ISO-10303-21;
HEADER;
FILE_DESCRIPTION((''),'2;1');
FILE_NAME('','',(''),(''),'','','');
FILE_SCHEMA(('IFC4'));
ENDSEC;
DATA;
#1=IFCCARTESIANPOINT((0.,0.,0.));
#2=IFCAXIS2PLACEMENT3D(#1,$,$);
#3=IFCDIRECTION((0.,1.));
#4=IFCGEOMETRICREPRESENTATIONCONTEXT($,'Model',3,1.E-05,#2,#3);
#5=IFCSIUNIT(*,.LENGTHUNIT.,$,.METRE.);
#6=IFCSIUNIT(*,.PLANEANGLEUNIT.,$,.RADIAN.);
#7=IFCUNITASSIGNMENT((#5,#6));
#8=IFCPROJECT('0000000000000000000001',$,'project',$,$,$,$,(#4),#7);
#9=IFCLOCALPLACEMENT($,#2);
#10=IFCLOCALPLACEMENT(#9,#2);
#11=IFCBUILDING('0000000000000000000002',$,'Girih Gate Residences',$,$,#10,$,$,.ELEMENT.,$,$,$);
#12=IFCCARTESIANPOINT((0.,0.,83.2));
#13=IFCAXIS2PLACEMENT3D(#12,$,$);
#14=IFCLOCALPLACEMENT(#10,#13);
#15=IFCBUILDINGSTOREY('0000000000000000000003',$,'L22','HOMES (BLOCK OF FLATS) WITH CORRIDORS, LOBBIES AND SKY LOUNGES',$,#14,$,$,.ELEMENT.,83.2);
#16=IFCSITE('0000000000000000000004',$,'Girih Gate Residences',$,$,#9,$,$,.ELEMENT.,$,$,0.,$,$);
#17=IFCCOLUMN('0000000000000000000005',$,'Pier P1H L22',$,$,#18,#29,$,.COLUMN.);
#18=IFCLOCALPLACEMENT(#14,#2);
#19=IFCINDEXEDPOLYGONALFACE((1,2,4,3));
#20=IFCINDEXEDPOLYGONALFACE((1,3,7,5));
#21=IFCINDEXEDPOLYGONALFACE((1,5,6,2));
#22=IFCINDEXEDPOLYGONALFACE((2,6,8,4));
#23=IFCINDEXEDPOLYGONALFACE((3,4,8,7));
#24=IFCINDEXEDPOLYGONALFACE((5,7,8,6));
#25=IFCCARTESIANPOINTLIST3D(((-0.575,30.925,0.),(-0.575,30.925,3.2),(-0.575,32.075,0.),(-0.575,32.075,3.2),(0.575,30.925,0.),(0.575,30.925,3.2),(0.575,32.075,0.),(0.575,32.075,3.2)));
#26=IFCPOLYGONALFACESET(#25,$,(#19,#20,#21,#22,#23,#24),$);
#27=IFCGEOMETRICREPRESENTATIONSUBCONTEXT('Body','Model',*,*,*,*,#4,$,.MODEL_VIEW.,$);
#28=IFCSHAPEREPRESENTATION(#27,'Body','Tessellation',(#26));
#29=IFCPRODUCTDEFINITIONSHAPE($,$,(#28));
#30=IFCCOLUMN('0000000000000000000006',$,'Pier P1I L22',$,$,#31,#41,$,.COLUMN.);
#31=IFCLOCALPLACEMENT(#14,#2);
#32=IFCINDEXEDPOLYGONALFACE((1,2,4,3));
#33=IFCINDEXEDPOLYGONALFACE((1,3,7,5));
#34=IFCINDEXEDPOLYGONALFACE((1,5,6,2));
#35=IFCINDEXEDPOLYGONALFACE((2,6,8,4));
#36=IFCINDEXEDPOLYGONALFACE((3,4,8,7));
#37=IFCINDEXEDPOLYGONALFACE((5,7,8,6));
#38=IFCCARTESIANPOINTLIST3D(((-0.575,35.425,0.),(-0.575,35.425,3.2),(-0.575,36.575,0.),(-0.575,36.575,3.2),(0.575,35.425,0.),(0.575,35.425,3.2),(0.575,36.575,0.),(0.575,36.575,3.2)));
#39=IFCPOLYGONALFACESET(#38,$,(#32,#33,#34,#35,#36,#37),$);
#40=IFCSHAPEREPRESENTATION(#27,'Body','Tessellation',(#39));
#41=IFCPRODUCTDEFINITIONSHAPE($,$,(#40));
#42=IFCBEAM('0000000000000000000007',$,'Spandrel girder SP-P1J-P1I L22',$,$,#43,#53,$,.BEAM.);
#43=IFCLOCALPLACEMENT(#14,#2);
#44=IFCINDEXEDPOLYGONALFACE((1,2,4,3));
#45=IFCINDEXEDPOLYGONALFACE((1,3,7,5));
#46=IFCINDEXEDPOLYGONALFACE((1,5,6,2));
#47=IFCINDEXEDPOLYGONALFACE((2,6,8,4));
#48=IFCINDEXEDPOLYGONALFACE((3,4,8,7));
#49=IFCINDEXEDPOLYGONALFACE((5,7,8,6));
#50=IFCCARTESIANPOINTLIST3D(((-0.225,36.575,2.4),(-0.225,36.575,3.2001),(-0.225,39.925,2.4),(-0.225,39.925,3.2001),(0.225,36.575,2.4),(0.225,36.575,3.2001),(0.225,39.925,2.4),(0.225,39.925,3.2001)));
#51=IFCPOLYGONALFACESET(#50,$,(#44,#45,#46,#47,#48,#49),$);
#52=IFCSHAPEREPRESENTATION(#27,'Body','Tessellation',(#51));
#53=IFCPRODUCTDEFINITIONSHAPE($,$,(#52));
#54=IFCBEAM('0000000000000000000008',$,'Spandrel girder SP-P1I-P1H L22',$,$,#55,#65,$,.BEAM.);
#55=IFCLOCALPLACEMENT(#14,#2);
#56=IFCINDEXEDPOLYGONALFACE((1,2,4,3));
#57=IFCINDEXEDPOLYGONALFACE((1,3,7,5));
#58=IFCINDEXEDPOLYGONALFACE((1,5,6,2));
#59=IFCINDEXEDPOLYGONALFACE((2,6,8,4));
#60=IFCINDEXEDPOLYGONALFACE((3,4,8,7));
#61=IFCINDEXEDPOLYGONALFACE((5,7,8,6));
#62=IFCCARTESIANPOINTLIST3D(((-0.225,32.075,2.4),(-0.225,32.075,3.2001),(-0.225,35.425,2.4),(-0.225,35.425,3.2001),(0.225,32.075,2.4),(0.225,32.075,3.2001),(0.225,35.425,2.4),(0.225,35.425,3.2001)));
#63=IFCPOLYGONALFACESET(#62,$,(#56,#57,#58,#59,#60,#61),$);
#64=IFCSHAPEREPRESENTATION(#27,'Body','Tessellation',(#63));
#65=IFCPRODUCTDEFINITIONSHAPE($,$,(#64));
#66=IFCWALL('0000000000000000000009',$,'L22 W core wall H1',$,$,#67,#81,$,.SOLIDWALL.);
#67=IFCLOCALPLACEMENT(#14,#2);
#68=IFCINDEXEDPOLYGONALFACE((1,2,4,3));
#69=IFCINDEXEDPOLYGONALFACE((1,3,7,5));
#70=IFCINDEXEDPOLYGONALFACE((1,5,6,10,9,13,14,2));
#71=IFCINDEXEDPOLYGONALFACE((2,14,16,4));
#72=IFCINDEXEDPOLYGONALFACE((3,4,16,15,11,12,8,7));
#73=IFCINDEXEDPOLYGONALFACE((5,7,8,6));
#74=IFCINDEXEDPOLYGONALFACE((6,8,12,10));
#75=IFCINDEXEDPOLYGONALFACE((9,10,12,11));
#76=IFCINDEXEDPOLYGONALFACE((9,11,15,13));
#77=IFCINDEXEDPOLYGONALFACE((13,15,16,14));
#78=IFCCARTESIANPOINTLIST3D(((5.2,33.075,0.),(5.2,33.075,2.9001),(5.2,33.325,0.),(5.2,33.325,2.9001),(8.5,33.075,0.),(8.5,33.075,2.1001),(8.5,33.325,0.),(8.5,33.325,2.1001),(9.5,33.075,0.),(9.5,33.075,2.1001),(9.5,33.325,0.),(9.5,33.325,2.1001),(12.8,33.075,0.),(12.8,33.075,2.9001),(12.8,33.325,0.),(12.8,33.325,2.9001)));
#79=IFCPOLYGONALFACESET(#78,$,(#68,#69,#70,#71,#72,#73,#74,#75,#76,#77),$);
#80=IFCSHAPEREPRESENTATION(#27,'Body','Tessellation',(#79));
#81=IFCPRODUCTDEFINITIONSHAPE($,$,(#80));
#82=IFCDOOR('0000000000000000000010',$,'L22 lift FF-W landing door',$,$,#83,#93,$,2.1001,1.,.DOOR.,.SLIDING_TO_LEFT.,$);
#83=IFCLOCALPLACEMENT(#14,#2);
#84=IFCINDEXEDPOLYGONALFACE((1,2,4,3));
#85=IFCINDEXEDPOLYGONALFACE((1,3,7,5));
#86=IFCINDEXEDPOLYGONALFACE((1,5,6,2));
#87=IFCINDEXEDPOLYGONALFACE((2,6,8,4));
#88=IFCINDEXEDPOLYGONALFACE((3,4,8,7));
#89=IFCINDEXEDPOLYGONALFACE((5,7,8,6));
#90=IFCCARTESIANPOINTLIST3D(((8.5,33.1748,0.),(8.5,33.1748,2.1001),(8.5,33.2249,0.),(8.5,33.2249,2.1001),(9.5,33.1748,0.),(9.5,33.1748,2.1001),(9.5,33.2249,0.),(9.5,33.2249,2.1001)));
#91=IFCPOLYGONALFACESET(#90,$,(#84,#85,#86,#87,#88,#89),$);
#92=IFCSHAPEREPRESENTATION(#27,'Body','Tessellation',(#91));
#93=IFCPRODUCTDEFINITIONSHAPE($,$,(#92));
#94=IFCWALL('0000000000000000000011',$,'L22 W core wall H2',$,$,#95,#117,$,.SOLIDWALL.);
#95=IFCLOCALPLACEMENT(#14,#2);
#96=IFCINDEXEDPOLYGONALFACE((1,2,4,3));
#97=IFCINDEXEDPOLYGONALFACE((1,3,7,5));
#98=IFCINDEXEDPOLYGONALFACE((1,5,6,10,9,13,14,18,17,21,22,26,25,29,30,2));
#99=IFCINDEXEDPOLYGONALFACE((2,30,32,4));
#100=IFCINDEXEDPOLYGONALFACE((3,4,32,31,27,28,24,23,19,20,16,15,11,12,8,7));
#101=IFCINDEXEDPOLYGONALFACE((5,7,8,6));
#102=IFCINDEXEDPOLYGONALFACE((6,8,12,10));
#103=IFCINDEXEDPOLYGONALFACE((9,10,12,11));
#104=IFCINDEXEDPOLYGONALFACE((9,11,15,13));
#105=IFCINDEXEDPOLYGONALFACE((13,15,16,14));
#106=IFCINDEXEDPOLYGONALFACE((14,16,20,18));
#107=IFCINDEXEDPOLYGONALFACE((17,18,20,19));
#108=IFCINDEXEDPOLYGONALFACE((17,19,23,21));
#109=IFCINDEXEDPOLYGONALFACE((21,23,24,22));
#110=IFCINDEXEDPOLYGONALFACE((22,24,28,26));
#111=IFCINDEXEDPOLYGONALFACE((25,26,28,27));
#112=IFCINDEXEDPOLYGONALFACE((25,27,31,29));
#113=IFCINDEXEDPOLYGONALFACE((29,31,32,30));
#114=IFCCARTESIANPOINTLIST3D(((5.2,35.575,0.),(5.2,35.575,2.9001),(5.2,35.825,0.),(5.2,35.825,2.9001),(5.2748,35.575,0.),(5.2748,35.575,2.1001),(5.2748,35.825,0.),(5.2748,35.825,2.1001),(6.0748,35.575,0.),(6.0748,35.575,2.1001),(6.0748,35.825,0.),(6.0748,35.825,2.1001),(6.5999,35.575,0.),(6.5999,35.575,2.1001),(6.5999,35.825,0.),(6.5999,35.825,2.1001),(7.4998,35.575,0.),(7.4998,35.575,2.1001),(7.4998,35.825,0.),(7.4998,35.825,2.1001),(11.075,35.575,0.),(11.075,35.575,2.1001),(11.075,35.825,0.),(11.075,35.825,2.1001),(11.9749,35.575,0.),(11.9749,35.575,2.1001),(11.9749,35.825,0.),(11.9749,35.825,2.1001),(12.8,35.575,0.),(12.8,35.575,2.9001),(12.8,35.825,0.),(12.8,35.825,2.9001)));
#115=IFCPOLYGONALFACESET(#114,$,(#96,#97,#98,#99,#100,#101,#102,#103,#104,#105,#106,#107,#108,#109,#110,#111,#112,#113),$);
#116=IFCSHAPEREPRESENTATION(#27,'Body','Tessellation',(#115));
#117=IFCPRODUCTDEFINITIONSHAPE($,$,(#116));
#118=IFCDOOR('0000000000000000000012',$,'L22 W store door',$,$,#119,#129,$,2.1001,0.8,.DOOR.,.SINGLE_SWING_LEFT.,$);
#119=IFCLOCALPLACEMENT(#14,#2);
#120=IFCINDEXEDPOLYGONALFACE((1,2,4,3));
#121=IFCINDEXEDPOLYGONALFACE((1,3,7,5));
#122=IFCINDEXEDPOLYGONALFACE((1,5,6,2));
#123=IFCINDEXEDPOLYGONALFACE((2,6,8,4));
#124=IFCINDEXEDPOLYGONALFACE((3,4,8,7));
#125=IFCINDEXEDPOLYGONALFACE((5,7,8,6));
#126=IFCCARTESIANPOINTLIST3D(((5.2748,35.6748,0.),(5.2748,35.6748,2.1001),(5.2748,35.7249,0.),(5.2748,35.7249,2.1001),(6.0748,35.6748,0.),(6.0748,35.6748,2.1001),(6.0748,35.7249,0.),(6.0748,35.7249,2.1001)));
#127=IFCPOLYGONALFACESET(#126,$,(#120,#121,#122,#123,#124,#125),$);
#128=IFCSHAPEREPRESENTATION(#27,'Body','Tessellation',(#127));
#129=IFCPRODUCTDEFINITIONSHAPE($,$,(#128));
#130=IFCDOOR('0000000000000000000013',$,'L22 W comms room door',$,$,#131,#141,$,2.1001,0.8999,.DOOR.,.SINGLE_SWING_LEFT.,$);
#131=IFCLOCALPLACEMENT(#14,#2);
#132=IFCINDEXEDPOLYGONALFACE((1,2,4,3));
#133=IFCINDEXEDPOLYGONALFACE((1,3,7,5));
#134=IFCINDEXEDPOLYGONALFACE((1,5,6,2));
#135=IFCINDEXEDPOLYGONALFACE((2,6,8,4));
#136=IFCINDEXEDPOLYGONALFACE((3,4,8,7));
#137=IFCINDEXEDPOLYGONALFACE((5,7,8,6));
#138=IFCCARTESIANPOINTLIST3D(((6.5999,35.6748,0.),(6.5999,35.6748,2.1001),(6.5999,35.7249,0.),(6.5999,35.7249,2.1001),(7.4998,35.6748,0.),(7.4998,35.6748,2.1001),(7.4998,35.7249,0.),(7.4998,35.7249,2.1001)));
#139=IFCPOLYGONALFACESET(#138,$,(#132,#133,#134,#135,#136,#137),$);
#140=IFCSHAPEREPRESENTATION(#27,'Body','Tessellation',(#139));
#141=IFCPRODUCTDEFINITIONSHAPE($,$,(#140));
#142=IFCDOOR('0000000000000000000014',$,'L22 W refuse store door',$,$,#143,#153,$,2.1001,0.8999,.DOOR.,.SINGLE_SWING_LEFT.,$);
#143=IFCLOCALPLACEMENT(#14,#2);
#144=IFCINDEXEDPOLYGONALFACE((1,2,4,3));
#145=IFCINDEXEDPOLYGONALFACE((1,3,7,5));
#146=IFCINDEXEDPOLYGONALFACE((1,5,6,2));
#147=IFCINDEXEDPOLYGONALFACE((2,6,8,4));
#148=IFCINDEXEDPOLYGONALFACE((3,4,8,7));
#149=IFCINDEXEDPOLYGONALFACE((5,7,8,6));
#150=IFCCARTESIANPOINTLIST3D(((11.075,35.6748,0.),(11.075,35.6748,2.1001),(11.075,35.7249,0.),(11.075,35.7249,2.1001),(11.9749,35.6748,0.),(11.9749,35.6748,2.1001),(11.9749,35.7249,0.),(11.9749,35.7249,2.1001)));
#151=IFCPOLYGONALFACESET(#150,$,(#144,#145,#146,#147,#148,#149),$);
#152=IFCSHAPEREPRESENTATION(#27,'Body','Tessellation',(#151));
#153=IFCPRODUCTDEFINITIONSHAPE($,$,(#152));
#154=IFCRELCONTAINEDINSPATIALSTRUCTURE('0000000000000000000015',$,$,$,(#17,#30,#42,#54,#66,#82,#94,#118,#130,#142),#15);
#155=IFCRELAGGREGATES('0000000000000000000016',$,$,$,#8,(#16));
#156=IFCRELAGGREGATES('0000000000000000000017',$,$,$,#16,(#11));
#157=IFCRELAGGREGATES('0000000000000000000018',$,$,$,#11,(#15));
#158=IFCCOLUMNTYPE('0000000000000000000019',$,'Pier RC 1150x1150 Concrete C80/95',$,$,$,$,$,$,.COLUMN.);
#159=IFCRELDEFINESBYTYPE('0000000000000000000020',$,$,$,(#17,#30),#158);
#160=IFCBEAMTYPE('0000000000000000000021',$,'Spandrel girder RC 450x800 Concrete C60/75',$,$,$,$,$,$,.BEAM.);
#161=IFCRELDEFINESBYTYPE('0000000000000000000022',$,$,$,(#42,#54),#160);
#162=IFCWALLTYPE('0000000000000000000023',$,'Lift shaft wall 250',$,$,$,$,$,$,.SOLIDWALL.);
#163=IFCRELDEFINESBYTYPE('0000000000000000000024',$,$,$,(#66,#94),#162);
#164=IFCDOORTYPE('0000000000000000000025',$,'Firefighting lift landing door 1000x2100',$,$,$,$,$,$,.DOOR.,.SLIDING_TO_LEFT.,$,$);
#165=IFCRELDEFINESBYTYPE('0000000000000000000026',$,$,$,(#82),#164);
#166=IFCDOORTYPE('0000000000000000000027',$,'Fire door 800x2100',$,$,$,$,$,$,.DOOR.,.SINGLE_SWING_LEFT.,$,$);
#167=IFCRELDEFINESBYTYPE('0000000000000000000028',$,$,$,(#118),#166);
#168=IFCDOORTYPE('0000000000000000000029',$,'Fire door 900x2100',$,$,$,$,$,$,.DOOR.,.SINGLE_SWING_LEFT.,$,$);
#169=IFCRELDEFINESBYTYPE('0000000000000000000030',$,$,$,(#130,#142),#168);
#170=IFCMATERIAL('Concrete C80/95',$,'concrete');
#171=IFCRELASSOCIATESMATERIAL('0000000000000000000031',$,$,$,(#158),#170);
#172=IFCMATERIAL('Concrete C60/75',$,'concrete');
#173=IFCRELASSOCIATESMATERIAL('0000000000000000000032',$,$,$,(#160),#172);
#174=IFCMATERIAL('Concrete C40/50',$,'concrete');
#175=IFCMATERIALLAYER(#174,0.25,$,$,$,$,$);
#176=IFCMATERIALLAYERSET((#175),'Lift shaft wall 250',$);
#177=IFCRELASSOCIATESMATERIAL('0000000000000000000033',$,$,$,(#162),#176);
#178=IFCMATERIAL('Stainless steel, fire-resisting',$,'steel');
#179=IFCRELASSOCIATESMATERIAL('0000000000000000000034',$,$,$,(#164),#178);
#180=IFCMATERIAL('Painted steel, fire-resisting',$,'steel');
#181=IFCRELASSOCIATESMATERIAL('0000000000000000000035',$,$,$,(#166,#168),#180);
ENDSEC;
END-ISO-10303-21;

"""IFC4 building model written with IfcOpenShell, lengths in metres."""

from ifc_helpers import new_model, si_unit, direction, frame, frame_2d, origin, origin_2d, place, context, subcontext, project, spatial, rectangle, extrude, material, layer, layer_set, material_profile, profile_set, type_object, element, fill, save


model = new_model("IFC4")

# Units and contexts
model_context = context("Model", 3, precision=1e-05, world=origin(), true_north=direction((0.0, 1.0)))
body_context = subcontext(model_context, "Body", "Model", "MODEL_VIEW")
ifc_project = project(units=[si_unit("LENGTHUNIT", "METRE"), si_unit("PLANEANGLEUNIT", "RADIAN")], contexts=[model_context])

# Site, building, storey
site_placement = place(None, origin())
site = spatial("IfcSite", under=ifc_project, at=site_placement, Name="Girih Gate Residences", CompositionType="ELEMENT", RefElevation=0.0)
building_placement = place(site_placement, origin())
building = spatial("IfcBuilding", under=site, at=building_placement, Name="Girih Gate Residences", CompositionType="ELEMENT")
storey_placement = place(building_placement, frame((0.0, 0.0, 83.2)))
storey = spatial("IfcBuildingStorey", under=building, at=storey_placement, Name="L22", Description="HOMES (BLOCK OF FLATS) WITH CORRIDORS, LOBBIES AND SKY LOUNGES", CompositionType="ELEMENT", Elevation=83.2)

# Columns
ifc_material_1 = material(Name="Concrete C80/95", Category="concrete")
ifc_material_profile_1 = material_profile(ifc_material_1, rectangle(XDim=1.1499, YDim=1.1499, at=origin_2d()))
ifc_profile_set_1 = profile_set([ifc_material_profile_1], Name="Concrete C80/95")
column_type = type_object("IfcColumnType", Name="Pier RC 1150x1150 Concrete C80/95", PredefinedType="COLUMN", material=ifc_profile_set_1)
for number, where, z_axis, x_axis, name in (
    (1, (0.0, 31.5, 0.0), (0.0, 0.0, 1.0), (1.0, 0.0, 0.0), "Pier P1H L22"),
    (2, (0.0, 36.0, 0.0), (0.0, 0.0, 1.0), (1.0, 0.0, 0.0), "Pier P1I L22"),
):
    element("IfcColumn", number, at=place(storey_placement, frame(where, z_axis=z_axis, x_axis=x_axis)), inside=storey, type_object=column_type, Name=name, PredefinedType="COLUMN", context=body_context, shape_type="SweptSolid", body=[
        extrude(rectangle(XDim=1.1499, YDim=1.1499, at=origin_2d()), origin(), (0.0, 0.0, 1.0), 3.2),
    ])

# Beams
ifc_material_2 = material(Name="Concrete C60/75", Category="concrete")
ifc_material_profile_2 = material_profile(ifc_material_2, rectangle(XDim=0.45, YDim=0.8, at=origin_2d()))
ifc_profile_set_2 = profile_set([ifc_material_profile_2], Name="Concrete C60/75")
beam_type = type_object("IfcBeamType", Name="Spandrel girder RC 450x800 Concrete C60/75", PredefinedType="BEAM", material=ifc_profile_set_2)
for number, where, z_axis, x_axis, name in (
    (3, (0.0, 39.925, 2.8), (0.0, -1.0, 0.0), (1.0, 0.0, 0.0), "Spandrel girder SP-P1J-P1I L22"),
    (4, (0.0, 35.425, 2.8), (0.0, -1.0, 0.0), (1.0, 0.0, 0.0), "Spandrel girder SP-P1I-P1H L22"),
):
    element("IfcBeam", number, at=place(storey_placement, frame(where, z_axis=z_axis, x_axis=x_axis)), inside=storey, type_object=beam_type, Name=name, PredefinedType="BEAM", context=body_context, shape_type="SweptSolid", body=[
        extrude(rectangle(XDim=0.45, YDim=0.8, at=origin_2d()), origin(), (0.0, 0.0, 1.0), 3.3501),
    ])

# Wall, opening, door
ifc_material_3 = material(Name="Concrete C40/50", Category="concrete")
ifc_layer_1 = layer(ifc_material_3, 0.25)
ifc_layer_set_1 = layer_set([ifc_layer_1], Name="Lift shaft wall 250")
wall_type_1 = type_object("IfcWallType", Name="Lift shaft wall 250", PredefinedType="SOLIDWALL", material=ifc_layer_set_1)
wall_1_placement = place(storey_placement, frame((5.2, 33.2, 0.0), z_axis=(0.0, 0.0, 1.0), x_axis=(1.0, 0.0, 0.0)))
wall_1 = element("IfcWall", 5, at=wall_1_placement, inside=storey, type_object=wall_type_1, Name="L22 W core wall H1", PredefinedType="SOLIDWALL", context=body_context, shape_type="SweptSolid", body=[
    extrude(rectangle(XDim=7.6001, YDim=0.25, at=frame_2d((3.8, 0.0))), origin(), (0.0, 0.0, 1.0), 2.9001),
])
opening_1_placement = place(wall_1_placement, frame((3.3, 0.0, 0.0)))
opening_1 = element("IfcOpeningElement", 6, at=opening_1_placement, cuts=wall_1, PredefinedType="OPENING", context=body_context, shape_type="SweptSolid", body=[
    extrude(rectangle(XDim=1.0, YDim=2.1001, at=frame_2d((0.5, 1.05))), frame((0.0, 0.135, 0.0), z_axis=(0.0, -1.0, 0.0), x_axis=(1.0, 0.0, 0.0)), (0.0, 0.0, 1.0), 0.27),
])
ifc_material_4 = material(Name="Stainless steel, fire-resisting", Category="steel")
door_type_1 = type_object("IfcDoorType", Name="Firefighting lift landing door 1000x2100", OperationType="SLIDING_TO_LEFT", PredefinedType="DOOR", material=ifc_material_4)
door_1_placement = place(opening_1_placement, origin())
door_1 = element("IfcDoor", 7, at=door_1_placement, inside=storey, type_object=door_type_1, Name="L22 lift FF-W landing door", OperationType="SLIDING_TO_LEFT", OverallHeight=2.1001, OverallWidth=1.0, PredefinedType="DOOR", context=body_context, shape_type="SweptSolid", body=[
    extrude(rectangle(XDim=1.0, YDim=2.1001, at=frame_2d((0.5, 1.05))), frame((0.0, 0.0249, 0.0), z_axis=(0.0, -1.0, 0.0), x_axis=(1.0, 0.0, 0.0)), (0.0, 0.0, 1.0), 0.05),
])
fill(opening_1, door_1)

# Wall, openings, doors
wall_2_placement = place(storey_placement, frame((5.2, 35.7, 0.0), z_axis=(0.0, 0.0, 1.0), x_axis=(1.0, 0.0, 0.0)))
wall_2 = element("IfcWall", 8, at=wall_2_placement, inside=storey, type_object=wall_type_1, Name="L22 W core wall H2", PredefinedType="SOLIDWALL", context=body_context, shape_type="SweptSolid", body=[
    extrude(rectangle(XDim=7.6001, YDim=0.25, at=frame_2d((3.8, 0.0))), origin(), (0.0, 0.0, 1.0), 2.9001),
])
opening_2_placement = place(wall_2_placement, frame((0.075, 0.0, 0.0)))
opening_2 = element("IfcOpeningElement", 9, at=opening_2_placement, cuts=wall_2, PredefinedType="OPENING", context=body_context, shape_type="SweptSolid", body=[
    extrude(rectangle(XDim=0.8, YDim=2.1001, at=frame_2d((0.3999, 1.05))), frame((0.0, 0.135, 0.0), z_axis=(0.0, -1.0, 0.0), x_axis=(1.0, 0.0, 0.0)), (0.0, 0.0, 1.0), 0.27),
])
opening_3_placement = place(wall_2_placement, frame((1.3999, 0.0, 0.0)))
opening_3 = element("IfcOpeningElement", 10, at=opening_3_placement, cuts=wall_2, PredefinedType="OPENING", context=body_context, shape_type="SweptSolid", body=[
    extrude(rectangle(XDim=0.8999, YDim=2.1001, at=frame_2d((0.45, 1.05))), frame((0.0, 0.135, 0.0), z_axis=(0.0, -1.0, 0.0), x_axis=(1.0, 0.0, 0.0)), (0.0, 0.0, 1.0), 0.27),
])
opening_4_placement = place(wall_2_placement, frame((5.875, 0.0, 0.0)))
opening_4 = element("IfcOpeningElement", 11, at=opening_4_placement, cuts=wall_2, PredefinedType="OPENING", context=body_context, shape_type="SweptSolid", body=[
    extrude(rectangle(XDim=0.8999, YDim=2.1001, at=frame_2d((0.45, 1.05))), frame((0.0, 0.135, 0.0), z_axis=(0.0, -1.0, 0.0), x_axis=(1.0, 0.0, 0.0)), (0.0, 0.0, 1.0), 0.27),
])
ifc_material_5 = material(Name="Painted steel, fire-resisting", Category="steel")
door_type_2 = type_object("IfcDoorType", Name="Fire door 800x2100", OperationType="SINGLE_SWING_LEFT", PredefinedType="DOOR", material=ifc_material_5)
door_2_placement = place(opening_2_placement, origin())
door_2 = element("IfcDoor", 12, at=door_2_placement, inside=storey, type_object=door_type_2, Name="L22 W store door", OperationType="SINGLE_SWING_LEFT", OverallHeight=2.1001, OverallWidth=0.8, PredefinedType="DOOR", context=body_context, shape_type="SweptSolid", body=[
    extrude(rectangle(XDim=0.8, YDim=2.1001, at=frame_2d((0.3999, 1.05))), frame((0.0, 0.0249, 0.0), z_axis=(0.0, -1.0, 0.0), x_axis=(1.0, 0.0, 0.0)), (0.0, 0.0, 1.0), 0.05),
])
fill(opening_2, door_2)
door_type_3 = type_object("IfcDoorType", Name="Fire door 900x2100", OperationType="SINGLE_SWING_LEFT", PredefinedType="DOOR", material=ifc_material_5)
door_3_placement = place(opening_3_placement, origin())
door_3 = element("IfcDoor", 13, at=door_3_placement, inside=storey, type_object=door_type_3, Name="L22 W comms room door", OperationType="SINGLE_SWING_LEFT", OverallHeight=2.1001, OverallWidth=0.8999, PredefinedType="DOOR", context=body_context, shape_type="SweptSolid", body=[
    extrude(rectangle(XDim=0.8999, YDim=2.1001, at=frame_2d((0.45, 1.05))), frame((0.0, 0.0249, 0.0), z_axis=(0.0, -1.0, 0.0), x_axis=(1.0, 0.0, 0.0)), (0.0, 0.0, 1.0), 0.05),
])
fill(opening_3, door_3)
door_4_placement = place(opening_4_placement, origin())
door_4 = element("IfcDoor", 14, at=door_4_placement, inside=storey, type_object=door_type_3, Name="L22 W refuse store door", OperationType="SINGLE_SWING_LEFT", OverallHeight=2.1001, OverallWidth=0.8999, PredefinedType="DOOR", context=body_context, shape_type="SweptSolid", body=[
    extrude(rectangle(XDim=0.8999, YDim=2.1001, at=frame_2d((0.45, 1.05))), frame((0.0, 0.0249, 0.0), z_axis=(0.0, -1.0, 0.0), x_axis=(1.0, 0.0, 0.0)), (0.0, 0.0, 1.0), 0.05),
])
fill(opening_4, door_4)

save(model, "model.ifc")
